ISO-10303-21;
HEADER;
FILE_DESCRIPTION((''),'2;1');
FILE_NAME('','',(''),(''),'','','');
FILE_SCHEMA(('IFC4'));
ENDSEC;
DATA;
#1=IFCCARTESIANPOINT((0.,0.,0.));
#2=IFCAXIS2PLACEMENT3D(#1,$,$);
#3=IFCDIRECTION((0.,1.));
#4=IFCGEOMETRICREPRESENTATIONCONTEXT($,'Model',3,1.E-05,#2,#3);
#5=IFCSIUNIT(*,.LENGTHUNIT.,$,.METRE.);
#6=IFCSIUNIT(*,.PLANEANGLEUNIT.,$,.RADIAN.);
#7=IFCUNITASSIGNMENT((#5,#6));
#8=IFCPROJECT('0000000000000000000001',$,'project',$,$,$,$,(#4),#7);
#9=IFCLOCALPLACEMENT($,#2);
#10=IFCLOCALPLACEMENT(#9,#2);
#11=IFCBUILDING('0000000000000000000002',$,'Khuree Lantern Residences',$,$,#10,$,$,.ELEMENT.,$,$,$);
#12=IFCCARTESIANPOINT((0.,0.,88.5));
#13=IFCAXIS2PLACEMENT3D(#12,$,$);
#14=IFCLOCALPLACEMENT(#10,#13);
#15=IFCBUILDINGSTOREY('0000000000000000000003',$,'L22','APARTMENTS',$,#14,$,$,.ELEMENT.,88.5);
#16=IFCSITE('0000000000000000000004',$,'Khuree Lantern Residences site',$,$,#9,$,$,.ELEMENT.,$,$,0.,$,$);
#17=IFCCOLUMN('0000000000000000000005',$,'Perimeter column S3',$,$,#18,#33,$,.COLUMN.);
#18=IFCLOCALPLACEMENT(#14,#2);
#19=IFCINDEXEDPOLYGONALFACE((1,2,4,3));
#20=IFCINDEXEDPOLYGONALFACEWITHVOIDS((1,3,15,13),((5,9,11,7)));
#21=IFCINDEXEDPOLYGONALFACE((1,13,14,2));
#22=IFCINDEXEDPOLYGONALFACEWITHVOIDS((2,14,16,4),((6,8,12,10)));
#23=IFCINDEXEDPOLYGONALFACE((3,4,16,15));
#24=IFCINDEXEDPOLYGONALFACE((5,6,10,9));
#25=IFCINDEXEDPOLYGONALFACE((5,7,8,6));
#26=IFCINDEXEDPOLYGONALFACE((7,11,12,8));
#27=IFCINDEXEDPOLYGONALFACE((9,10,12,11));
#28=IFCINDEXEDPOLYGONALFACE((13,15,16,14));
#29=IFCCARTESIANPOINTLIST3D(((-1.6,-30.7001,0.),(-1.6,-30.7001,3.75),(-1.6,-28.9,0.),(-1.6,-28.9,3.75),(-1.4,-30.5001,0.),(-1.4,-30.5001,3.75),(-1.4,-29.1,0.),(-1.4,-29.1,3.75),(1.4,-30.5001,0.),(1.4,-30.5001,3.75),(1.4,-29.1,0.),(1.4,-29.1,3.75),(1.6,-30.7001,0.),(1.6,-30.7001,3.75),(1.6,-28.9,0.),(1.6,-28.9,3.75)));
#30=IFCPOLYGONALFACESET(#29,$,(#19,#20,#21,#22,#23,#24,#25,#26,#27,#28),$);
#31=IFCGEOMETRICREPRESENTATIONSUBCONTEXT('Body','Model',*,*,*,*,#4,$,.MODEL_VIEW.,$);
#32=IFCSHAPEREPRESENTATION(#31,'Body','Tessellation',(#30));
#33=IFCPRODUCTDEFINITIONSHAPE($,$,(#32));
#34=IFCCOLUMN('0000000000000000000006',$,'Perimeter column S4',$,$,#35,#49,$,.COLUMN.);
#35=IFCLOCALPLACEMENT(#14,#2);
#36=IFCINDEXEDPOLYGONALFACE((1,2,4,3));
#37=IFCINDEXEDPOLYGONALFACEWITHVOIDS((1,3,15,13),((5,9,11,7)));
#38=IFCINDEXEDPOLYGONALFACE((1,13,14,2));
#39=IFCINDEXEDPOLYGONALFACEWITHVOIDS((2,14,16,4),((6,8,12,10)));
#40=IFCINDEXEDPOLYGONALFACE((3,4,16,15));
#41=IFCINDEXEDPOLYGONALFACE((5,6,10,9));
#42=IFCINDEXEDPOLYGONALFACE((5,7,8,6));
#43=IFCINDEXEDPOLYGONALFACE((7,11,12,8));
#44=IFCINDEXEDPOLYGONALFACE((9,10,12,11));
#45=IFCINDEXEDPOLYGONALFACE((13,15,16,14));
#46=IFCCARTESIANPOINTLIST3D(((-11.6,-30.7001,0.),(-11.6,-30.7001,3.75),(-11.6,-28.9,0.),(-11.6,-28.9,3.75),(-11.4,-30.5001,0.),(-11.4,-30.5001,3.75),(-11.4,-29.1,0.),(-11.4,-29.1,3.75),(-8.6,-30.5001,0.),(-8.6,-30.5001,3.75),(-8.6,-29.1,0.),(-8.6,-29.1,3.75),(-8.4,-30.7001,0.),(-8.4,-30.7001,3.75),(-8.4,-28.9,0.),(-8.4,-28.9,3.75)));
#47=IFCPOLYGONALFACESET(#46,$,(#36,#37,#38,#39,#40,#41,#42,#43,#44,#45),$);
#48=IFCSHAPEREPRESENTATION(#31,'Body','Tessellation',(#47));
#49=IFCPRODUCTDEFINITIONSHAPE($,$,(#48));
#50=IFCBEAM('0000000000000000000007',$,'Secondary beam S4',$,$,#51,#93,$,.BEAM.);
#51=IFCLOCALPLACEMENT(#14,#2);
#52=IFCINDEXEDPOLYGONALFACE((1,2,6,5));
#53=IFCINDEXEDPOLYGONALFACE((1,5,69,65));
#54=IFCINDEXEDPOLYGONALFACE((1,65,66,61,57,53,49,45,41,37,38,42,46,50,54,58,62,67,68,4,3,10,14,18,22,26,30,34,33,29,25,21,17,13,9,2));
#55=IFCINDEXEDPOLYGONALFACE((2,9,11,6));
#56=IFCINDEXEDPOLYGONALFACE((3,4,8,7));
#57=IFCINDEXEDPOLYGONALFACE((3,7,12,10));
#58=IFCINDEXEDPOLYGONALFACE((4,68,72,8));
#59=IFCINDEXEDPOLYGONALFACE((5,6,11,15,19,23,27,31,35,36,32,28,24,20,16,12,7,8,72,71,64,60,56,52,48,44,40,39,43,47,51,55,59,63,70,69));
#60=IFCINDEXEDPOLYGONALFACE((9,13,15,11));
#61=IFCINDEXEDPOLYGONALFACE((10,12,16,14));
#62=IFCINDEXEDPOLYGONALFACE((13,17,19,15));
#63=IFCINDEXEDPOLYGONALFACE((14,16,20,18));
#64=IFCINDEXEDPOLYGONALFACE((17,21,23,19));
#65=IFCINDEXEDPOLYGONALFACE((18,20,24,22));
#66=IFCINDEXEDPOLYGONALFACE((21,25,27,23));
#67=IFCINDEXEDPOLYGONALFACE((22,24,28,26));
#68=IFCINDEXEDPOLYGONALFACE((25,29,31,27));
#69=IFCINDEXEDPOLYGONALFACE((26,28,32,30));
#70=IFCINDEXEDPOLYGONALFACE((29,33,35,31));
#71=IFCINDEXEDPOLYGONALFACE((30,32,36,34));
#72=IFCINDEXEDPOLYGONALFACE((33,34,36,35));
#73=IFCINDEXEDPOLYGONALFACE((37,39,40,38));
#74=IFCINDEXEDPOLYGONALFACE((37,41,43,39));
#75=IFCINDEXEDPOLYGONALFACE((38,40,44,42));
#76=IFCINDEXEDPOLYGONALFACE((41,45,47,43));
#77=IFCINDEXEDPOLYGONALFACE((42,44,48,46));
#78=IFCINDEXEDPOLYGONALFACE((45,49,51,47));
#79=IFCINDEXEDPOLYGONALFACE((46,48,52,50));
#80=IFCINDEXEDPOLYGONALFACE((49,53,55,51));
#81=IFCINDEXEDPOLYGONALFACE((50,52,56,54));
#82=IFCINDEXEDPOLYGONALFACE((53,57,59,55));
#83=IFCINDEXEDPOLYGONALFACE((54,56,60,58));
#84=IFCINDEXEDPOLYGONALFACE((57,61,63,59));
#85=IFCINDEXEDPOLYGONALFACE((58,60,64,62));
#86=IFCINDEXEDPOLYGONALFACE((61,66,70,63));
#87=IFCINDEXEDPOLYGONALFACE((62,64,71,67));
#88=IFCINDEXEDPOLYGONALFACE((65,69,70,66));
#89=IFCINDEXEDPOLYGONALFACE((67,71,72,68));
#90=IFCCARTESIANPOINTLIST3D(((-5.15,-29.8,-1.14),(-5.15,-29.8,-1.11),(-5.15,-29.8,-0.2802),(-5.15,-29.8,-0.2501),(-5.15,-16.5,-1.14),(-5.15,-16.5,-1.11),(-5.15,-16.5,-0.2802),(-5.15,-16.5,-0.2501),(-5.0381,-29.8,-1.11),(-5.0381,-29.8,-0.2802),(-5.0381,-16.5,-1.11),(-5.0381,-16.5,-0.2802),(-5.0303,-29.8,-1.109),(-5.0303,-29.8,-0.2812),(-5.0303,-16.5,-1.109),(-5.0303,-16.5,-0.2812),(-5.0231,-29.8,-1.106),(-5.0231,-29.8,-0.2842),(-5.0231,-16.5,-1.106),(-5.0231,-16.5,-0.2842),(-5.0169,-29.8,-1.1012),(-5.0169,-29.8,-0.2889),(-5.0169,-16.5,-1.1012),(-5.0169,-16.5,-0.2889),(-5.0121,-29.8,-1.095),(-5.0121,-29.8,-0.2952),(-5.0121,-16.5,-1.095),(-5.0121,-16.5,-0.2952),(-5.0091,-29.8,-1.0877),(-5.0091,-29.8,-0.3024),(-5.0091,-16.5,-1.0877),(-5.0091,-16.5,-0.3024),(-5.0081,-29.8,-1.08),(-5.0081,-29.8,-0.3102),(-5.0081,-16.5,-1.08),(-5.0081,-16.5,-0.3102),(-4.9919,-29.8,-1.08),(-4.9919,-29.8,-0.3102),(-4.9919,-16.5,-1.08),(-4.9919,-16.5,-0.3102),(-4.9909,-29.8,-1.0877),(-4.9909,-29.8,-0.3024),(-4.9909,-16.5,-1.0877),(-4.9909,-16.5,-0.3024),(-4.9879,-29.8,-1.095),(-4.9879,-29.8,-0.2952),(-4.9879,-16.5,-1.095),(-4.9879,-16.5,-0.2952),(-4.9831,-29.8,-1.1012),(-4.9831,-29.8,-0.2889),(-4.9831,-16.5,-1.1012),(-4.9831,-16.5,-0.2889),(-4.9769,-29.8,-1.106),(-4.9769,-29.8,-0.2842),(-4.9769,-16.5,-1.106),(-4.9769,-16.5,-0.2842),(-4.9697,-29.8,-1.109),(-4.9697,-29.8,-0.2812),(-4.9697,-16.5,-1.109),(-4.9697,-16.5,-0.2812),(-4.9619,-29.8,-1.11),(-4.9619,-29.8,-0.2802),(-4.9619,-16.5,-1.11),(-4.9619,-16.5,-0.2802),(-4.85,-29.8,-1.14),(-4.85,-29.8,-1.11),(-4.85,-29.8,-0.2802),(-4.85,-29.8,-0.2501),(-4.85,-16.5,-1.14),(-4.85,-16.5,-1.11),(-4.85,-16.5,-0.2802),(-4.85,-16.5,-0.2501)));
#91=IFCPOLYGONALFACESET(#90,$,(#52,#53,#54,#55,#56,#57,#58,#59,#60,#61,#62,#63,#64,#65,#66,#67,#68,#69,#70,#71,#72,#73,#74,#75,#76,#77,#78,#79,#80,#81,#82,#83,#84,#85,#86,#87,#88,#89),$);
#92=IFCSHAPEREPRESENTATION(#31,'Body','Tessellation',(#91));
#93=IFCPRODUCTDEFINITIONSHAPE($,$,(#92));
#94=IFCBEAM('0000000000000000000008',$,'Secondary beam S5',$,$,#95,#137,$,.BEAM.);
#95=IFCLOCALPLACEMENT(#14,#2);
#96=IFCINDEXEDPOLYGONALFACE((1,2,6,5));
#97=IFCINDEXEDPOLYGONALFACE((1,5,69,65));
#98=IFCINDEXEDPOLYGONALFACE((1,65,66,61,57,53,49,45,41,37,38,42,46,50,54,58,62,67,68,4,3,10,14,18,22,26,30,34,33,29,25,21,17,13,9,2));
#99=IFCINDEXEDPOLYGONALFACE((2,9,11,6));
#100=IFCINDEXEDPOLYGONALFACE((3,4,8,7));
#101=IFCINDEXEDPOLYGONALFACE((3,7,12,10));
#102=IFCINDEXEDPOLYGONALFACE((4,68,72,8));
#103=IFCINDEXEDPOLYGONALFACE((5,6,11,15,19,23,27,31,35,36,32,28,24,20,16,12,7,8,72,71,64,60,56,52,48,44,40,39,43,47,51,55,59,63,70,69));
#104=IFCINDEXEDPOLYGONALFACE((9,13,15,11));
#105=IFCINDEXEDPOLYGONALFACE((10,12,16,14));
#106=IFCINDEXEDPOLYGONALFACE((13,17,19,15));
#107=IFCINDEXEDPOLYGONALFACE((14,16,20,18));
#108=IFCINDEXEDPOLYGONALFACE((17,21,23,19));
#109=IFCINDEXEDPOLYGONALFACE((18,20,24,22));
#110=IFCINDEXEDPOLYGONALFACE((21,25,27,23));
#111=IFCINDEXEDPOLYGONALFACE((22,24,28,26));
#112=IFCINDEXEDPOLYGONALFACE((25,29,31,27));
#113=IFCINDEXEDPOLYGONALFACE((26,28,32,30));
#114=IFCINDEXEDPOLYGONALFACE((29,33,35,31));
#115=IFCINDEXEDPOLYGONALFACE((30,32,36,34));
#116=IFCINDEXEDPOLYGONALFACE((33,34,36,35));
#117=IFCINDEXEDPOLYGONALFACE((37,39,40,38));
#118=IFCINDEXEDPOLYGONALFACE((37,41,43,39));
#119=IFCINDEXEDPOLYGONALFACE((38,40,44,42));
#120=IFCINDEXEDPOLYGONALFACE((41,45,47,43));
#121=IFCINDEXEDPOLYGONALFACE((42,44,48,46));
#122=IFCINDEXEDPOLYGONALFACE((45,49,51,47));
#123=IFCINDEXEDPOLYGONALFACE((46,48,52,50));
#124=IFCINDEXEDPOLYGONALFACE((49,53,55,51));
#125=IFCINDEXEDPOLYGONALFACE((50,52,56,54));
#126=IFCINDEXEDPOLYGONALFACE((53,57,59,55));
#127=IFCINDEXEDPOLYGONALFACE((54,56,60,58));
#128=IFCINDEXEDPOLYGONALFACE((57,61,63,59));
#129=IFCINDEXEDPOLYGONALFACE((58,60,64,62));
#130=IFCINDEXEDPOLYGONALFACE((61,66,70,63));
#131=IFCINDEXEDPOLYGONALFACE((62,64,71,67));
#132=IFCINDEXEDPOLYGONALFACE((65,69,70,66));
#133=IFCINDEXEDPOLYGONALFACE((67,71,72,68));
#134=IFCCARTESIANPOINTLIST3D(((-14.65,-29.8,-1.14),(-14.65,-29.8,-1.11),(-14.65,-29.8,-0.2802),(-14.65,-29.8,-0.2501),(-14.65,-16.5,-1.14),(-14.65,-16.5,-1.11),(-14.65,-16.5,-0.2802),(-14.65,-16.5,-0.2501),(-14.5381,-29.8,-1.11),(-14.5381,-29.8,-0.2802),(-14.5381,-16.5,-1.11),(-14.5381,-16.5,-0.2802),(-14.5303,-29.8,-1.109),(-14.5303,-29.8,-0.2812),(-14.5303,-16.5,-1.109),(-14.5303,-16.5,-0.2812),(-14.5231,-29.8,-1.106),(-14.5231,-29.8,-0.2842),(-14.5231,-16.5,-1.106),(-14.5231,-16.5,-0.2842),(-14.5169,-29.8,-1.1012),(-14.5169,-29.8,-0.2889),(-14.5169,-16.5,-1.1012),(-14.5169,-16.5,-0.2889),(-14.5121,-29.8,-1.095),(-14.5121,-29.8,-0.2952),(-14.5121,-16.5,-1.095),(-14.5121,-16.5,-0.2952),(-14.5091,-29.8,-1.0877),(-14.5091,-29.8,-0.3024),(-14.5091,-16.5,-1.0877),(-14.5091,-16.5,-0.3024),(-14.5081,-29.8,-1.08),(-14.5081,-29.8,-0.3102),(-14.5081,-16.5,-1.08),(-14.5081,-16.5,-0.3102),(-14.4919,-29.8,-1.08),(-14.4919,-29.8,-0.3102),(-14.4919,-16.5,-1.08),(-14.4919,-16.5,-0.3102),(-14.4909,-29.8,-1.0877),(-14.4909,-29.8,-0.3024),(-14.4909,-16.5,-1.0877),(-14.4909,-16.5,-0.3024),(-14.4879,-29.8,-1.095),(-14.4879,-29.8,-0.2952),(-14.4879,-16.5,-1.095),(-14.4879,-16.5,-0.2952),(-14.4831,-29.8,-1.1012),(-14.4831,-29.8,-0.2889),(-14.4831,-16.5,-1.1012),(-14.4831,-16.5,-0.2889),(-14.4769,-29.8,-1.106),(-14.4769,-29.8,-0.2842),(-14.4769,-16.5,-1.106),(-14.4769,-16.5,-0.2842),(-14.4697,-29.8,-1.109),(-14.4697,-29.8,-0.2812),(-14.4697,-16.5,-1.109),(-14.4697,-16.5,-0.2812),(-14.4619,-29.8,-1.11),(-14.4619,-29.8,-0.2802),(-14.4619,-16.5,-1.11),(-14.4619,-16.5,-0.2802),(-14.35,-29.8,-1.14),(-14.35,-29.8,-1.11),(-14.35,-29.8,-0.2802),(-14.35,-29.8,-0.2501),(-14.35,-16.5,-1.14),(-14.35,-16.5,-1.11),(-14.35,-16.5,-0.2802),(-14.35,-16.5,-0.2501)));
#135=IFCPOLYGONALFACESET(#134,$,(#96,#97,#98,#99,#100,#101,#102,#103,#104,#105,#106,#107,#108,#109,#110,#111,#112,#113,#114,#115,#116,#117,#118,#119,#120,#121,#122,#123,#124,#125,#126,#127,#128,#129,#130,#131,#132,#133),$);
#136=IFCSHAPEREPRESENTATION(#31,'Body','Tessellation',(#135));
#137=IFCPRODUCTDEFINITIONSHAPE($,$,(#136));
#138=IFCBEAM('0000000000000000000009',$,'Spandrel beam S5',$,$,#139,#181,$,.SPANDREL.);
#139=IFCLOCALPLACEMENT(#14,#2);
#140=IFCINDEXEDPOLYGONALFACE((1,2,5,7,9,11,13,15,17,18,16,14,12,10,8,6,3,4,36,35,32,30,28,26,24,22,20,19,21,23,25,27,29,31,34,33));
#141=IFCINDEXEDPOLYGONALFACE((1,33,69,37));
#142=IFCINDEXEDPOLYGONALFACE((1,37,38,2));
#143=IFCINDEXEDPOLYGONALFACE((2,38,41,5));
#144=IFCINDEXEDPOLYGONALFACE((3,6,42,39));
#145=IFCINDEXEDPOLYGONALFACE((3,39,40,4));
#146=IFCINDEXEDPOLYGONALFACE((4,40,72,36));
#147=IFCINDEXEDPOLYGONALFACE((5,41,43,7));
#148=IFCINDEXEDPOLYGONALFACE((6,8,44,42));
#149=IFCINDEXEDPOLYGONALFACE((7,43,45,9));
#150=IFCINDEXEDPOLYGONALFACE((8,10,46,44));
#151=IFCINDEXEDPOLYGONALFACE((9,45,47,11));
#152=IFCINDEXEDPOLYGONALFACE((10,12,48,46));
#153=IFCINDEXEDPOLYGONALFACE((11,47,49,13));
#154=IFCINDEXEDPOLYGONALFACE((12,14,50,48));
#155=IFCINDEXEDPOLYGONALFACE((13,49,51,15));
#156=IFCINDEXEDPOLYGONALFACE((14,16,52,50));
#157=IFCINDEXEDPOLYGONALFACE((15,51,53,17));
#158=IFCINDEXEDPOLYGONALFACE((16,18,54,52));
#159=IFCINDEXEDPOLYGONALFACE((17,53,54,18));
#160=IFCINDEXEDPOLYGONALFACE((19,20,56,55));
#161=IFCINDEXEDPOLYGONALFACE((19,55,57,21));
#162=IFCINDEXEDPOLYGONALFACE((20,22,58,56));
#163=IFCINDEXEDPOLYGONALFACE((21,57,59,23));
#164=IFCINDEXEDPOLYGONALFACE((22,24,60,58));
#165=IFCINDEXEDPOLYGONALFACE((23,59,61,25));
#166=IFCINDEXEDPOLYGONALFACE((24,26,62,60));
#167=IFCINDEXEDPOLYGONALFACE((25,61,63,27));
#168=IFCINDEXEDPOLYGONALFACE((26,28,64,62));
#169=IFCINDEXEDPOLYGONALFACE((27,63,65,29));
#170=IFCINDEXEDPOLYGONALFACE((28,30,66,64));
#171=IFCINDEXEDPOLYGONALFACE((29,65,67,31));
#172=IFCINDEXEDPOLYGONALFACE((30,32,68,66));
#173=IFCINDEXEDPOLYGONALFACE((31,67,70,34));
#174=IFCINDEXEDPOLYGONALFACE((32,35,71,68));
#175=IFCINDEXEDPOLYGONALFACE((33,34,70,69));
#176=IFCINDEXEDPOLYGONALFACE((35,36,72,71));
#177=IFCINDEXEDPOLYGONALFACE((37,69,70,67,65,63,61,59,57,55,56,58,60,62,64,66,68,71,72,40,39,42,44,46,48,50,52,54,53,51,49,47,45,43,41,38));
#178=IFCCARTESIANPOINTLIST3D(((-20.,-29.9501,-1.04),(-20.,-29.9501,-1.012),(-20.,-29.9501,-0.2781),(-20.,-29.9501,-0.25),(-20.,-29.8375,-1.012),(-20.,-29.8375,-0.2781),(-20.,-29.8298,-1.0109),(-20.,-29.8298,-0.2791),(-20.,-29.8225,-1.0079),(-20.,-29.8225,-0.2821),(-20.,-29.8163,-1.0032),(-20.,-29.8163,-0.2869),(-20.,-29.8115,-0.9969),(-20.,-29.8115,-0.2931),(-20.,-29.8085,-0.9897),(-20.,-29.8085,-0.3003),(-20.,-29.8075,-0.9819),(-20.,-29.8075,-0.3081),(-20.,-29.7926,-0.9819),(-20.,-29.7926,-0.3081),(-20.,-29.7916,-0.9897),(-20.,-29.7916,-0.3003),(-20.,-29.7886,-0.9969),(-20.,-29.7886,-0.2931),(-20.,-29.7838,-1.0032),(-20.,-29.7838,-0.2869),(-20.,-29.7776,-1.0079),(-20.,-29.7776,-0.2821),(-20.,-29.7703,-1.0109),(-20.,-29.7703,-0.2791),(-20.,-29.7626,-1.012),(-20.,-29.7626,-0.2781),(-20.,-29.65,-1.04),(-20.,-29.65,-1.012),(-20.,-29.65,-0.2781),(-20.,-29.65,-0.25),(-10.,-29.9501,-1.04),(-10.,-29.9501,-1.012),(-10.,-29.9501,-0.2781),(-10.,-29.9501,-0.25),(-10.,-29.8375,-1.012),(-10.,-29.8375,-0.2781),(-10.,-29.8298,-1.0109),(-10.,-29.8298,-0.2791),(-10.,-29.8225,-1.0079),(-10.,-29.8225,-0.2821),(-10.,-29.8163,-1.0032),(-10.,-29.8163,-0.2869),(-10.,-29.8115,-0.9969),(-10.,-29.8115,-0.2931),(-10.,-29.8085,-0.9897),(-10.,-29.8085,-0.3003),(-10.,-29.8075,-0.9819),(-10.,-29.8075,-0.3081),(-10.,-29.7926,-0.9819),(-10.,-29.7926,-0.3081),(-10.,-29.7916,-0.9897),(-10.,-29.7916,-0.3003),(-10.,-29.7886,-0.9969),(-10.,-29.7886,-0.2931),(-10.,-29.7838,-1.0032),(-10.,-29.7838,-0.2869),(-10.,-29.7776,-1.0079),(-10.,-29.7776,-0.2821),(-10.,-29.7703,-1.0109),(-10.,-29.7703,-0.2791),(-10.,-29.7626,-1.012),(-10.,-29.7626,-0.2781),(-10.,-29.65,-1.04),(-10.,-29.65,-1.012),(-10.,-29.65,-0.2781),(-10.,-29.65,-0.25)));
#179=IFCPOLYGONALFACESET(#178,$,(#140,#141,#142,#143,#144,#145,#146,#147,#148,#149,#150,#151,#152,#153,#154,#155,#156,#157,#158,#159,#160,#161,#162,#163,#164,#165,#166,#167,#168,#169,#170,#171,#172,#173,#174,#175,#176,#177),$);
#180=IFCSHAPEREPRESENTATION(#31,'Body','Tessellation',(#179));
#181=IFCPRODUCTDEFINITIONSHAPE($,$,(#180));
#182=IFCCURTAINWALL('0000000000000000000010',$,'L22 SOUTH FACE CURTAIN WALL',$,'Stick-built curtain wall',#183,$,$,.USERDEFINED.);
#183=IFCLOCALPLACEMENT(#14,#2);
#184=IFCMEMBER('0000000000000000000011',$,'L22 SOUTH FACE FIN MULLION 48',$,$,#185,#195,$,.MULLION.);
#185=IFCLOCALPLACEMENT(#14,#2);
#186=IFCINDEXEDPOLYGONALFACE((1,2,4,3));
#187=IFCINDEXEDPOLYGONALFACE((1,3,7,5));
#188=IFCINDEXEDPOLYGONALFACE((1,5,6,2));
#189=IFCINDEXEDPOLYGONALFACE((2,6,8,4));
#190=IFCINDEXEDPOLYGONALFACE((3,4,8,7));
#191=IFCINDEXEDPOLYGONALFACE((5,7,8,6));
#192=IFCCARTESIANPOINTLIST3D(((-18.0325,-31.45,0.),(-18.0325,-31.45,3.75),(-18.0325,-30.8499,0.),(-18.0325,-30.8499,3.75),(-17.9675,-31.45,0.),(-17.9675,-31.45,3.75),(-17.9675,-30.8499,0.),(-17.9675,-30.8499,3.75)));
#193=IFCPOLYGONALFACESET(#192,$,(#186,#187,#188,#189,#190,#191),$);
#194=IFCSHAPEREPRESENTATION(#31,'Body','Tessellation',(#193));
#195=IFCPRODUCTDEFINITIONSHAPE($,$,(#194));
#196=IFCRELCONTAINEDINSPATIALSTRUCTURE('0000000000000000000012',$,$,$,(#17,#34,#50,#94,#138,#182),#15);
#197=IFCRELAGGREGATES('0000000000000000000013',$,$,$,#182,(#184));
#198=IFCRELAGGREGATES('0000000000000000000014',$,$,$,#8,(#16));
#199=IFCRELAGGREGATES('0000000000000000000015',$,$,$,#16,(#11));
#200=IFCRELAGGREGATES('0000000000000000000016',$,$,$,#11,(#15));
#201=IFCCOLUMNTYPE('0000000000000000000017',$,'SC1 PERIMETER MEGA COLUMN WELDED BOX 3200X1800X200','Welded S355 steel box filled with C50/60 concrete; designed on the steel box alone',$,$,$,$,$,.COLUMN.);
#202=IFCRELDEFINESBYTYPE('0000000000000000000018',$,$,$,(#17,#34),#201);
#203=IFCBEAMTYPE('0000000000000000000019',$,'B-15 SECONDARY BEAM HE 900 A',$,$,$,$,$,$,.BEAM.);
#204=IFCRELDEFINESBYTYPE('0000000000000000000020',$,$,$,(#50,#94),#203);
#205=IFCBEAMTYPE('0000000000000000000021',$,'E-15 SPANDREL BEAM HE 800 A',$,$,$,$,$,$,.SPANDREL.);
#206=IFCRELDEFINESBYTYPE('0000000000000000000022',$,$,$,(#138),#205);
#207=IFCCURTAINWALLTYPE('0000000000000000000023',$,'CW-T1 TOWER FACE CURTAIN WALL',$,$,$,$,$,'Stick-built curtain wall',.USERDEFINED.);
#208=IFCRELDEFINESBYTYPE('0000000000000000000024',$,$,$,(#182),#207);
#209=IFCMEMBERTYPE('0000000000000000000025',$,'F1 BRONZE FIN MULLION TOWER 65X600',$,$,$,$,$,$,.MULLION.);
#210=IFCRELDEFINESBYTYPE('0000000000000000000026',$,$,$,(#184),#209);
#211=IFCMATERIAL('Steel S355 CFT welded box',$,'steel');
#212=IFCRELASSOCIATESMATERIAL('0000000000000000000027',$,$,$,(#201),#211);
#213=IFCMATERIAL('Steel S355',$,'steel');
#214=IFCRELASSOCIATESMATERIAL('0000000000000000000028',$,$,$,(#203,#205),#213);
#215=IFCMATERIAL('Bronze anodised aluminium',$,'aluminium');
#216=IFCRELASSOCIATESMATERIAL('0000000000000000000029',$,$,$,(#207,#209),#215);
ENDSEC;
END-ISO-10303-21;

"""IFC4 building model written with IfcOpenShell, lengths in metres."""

from ifc_helpers import new_model, si_unit, direction, frame, origin, origin_2d, place, context, subcontext, project, spatial, rectangle, hollow_rectangle, i_section, extrude, material, material_profile, profile_set, type_object, element, aggregate, save


model = new_model("IFC4")

# Units and contexts
model_context = context("Model", 3, precision=1e-05, world=origin(), true_north=direction((0.0, 1.0)))
body_context = subcontext(model_context, "Body", "Model", "MODEL_VIEW")
ifc_project = project(units=[si_unit("LENGTHUNIT", "METRE"), si_unit("PLANEANGLEUNIT", "RADIAN")], contexts=[model_context])

# Site, building, storey
site_placement = place(None, origin())
site = spatial("IfcSite", under=ifc_project, at=site_placement, Name="Khuree Lantern Residences site", CompositionType="ELEMENT", RefElevation=0.0)
building_placement = place(site_placement, origin())
building = spatial("IfcBuilding", under=site, at=building_placement, Name="Khuree Lantern Residences", CompositionType="ELEMENT")
storey_placement = place(building_placement, frame((0.0, 0.0, 88.5)))
storey = spatial("IfcBuildingStorey", under=building, at=storey_placement, Name="L22", Description="APARTMENTS", CompositionType="ELEMENT", Elevation=88.5)

# Columns
ifc_material_1 = material(Name="Steel S355 CFT welded box", Category="steel")
ifc_material_profile_1 = material_profile(ifc_material_1, hollow_rectangle(XDim=3.2, YDim=1.8, WallThickness=0.2, at=origin_2d()), Name="WELDED BOX 3200X1800X200")
ifc_profile_set_1 = profile_set([ifc_material_profile_1], Name="Steel S355 CFT welded box")
column_type = type_object("IfcColumnType", Name="SC1 PERIMETER MEGA COLUMN WELDED BOX 3200X1800X200", Description="Welded S355 steel box filled with C50/60 concrete; designed on the steel box alone", PredefinedType="COLUMN", material=ifc_profile_set_1)
for number, where, z_axis, x_axis, name in (
    (1, (0.0, -29.8, 0.0), (0.0, 0.0, 1.0), (1.0, 0.0, 0.0), "Perimeter column S3"),
    (2, (-10.0, -29.8, 0.0), (0.0, 0.0, 1.0), (1.0, 0.0, 0.0), "Perimeter column S4"),
):
    element("IfcColumn", number, at=place(storey_placement, frame(where, z_axis=z_axis, x_axis=x_axis)), inside=storey, type_object=column_type, Name=name, PredefinedType="COLUMN", context=body_context, shape_type="SweptSolid", body=[
        extrude(hollow_rectangle(XDim=3.2, YDim=1.8, WallThickness=0.2, at=origin_2d()), origin(), (0.0, 0.0, 1.0), 3.75),
    ])

# Beams
ifc_material_2 = material(Name="Steel S355", Category="steel")
ifc_material_profile_2 = material_profile(ifc_material_2, i_section(OverallWidth=0.3, OverallDepth=0.8899, WebThickness=0.0161, FlangeThickness=0.03, FilletRadius=0.03, at=origin_2d()), Name="HE 900 A")
ifc_profile_set_2 = profile_set([ifc_material_profile_2], Name="Steel S355")
beam_type_1 = type_object("IfcBeamType", Name="B-15 SECONDARY BEAM HE 900 A", PredefinedType="BEAM", material=ifc_profile_set_2)
for number, where, z_axis, x_axis, name in (
    (3, (-5.0, -29.8, -0.6951), (0.0, 1.0, 0.0), (-1.0, 0.0, 0.0), "Secondary beam S4"),
    (4, (-14.5, -29.8, -0.6951), (0.0, 1.0, 0.0), (-1.0, 0.0, 0.0), "Secondary beam S5"),
):
    element("IfcBeam", number, at=place(storey_placement, frame(where, z_axis=z_axis, x_axis=x_axis)), inside=storey, type_object=beam_type_1, Name=name, PredefinedType="BEAM", context=body_context, shape_type="SweptSolid", body=[
        extrude(i_section(OverallWidth=0.3, OverallDepth=0.8899, WebThickness=0.0161, FlangeThickness=0.03, FilletRadius=0.03, at=origin_2d()), origin(), (0.0, 0.0, 1.0), 13.3),
    ])
ifc_material_profile_3 = material_profile(ifc_material_2, i_section(OverallWidth=0.3, OverallDepth=0.79, WebThickness=0.0149, FlangeThickness=0.0281, FilletRadius=0.03, at=origin_2d()), Name="HE 800 A")
ifc_profile_set_3 = profile_set([ifc_material_profile_3], Name="Steel S355")
beam_type_2 = type_object("IfcBeamType", Name="E-15 SPANDREL BEAM HE 800 A", PredefinedType="SPANDREL", material=ifc_profile_set_3)
beam_1_placement = place(storey_placement, frame((-10.0, -29.8, -0.645), z_axis=(-1.0, 0.0, 0.0), x_axis=(0.0, -1.0, 0.0)))
element("IfcBeam", 5, at=beam_1_placement, inside=storey, type_object=beam_type_2, Name="Spandrel beam S5", PredefinedType="SPANDREL", context=body_context, shape_type="SweptSolid", body=[
    extrude(i_section(OverallWidth=0.3, OverallDepth=0.79, WebThickness=0.0149, FlangeThickness=0.0281, FilletRadius=0.03, at=origin_2d()), origin(), (0.0, 0.0, 1.0), 10.0),
])

# Curtain wall, member
ifc_material_3 = material(Name="Bronze anodised aluminium", Category="aluminium")
curtain_wall_type = type_object("IfcCurtainWallType", Name="CW-T1 TOWER FACE CURTAIN WALL", ElementType="Stick-built curtain wall", PredefinedType="USERDEFINED", material=ifc_material_3)
curtain_wall_placement = place(storey_placement, origin())
curtain_wall = element("IfcCurtainWall", 6, at=curtain_wall_placement, inside=storey, type_object=curtain_wall_type, Name="L22 SOUTH FACE CURTAIN WALL", ObjectType="Stick-built curtain wall", PredefinedType="USERDEFINED")
ifc_material_profile_4 = material_profile(ifc_material_3, rectangle(XDim=0.0649, YDim=0.6001, at=origin_2d()), Name="F1 65X600")
ifc_profile_set_4 = profile_set([ifc_material_profile_4], Name="Bronze anodised aluminium")
member_type_1 = type_object("IfcMemberType", Name="F1 BRONZE FIN MULLION TOWER 65X600", PredefinedType="MULLION", material=ifc_profile_set_4)
member_1_placement = place(storey_placement, frame((-18.0, -31.1499, 0.0), z_axis=(0.0, 0.0, 1.0), x_axis=(1.0, 0.0, 0.0)))
member_1 = element("IfcMember", 7, at=member_1_placement, type_object=member_type_1, Name="L22 SOUTH FACE FIN MULLION 48", PredefinedType="MULLION", context=body_context, shape_type="SweptSolid", body=[
    extrude(rectangle(XDim=0.0649, YDim=0.6001, at=origin_2d()), origin(), (0.0, 0.0, 1.0), 3.75),
])

aggregate(curtain_wall, [member_1])

save(model, "model.ifc")
